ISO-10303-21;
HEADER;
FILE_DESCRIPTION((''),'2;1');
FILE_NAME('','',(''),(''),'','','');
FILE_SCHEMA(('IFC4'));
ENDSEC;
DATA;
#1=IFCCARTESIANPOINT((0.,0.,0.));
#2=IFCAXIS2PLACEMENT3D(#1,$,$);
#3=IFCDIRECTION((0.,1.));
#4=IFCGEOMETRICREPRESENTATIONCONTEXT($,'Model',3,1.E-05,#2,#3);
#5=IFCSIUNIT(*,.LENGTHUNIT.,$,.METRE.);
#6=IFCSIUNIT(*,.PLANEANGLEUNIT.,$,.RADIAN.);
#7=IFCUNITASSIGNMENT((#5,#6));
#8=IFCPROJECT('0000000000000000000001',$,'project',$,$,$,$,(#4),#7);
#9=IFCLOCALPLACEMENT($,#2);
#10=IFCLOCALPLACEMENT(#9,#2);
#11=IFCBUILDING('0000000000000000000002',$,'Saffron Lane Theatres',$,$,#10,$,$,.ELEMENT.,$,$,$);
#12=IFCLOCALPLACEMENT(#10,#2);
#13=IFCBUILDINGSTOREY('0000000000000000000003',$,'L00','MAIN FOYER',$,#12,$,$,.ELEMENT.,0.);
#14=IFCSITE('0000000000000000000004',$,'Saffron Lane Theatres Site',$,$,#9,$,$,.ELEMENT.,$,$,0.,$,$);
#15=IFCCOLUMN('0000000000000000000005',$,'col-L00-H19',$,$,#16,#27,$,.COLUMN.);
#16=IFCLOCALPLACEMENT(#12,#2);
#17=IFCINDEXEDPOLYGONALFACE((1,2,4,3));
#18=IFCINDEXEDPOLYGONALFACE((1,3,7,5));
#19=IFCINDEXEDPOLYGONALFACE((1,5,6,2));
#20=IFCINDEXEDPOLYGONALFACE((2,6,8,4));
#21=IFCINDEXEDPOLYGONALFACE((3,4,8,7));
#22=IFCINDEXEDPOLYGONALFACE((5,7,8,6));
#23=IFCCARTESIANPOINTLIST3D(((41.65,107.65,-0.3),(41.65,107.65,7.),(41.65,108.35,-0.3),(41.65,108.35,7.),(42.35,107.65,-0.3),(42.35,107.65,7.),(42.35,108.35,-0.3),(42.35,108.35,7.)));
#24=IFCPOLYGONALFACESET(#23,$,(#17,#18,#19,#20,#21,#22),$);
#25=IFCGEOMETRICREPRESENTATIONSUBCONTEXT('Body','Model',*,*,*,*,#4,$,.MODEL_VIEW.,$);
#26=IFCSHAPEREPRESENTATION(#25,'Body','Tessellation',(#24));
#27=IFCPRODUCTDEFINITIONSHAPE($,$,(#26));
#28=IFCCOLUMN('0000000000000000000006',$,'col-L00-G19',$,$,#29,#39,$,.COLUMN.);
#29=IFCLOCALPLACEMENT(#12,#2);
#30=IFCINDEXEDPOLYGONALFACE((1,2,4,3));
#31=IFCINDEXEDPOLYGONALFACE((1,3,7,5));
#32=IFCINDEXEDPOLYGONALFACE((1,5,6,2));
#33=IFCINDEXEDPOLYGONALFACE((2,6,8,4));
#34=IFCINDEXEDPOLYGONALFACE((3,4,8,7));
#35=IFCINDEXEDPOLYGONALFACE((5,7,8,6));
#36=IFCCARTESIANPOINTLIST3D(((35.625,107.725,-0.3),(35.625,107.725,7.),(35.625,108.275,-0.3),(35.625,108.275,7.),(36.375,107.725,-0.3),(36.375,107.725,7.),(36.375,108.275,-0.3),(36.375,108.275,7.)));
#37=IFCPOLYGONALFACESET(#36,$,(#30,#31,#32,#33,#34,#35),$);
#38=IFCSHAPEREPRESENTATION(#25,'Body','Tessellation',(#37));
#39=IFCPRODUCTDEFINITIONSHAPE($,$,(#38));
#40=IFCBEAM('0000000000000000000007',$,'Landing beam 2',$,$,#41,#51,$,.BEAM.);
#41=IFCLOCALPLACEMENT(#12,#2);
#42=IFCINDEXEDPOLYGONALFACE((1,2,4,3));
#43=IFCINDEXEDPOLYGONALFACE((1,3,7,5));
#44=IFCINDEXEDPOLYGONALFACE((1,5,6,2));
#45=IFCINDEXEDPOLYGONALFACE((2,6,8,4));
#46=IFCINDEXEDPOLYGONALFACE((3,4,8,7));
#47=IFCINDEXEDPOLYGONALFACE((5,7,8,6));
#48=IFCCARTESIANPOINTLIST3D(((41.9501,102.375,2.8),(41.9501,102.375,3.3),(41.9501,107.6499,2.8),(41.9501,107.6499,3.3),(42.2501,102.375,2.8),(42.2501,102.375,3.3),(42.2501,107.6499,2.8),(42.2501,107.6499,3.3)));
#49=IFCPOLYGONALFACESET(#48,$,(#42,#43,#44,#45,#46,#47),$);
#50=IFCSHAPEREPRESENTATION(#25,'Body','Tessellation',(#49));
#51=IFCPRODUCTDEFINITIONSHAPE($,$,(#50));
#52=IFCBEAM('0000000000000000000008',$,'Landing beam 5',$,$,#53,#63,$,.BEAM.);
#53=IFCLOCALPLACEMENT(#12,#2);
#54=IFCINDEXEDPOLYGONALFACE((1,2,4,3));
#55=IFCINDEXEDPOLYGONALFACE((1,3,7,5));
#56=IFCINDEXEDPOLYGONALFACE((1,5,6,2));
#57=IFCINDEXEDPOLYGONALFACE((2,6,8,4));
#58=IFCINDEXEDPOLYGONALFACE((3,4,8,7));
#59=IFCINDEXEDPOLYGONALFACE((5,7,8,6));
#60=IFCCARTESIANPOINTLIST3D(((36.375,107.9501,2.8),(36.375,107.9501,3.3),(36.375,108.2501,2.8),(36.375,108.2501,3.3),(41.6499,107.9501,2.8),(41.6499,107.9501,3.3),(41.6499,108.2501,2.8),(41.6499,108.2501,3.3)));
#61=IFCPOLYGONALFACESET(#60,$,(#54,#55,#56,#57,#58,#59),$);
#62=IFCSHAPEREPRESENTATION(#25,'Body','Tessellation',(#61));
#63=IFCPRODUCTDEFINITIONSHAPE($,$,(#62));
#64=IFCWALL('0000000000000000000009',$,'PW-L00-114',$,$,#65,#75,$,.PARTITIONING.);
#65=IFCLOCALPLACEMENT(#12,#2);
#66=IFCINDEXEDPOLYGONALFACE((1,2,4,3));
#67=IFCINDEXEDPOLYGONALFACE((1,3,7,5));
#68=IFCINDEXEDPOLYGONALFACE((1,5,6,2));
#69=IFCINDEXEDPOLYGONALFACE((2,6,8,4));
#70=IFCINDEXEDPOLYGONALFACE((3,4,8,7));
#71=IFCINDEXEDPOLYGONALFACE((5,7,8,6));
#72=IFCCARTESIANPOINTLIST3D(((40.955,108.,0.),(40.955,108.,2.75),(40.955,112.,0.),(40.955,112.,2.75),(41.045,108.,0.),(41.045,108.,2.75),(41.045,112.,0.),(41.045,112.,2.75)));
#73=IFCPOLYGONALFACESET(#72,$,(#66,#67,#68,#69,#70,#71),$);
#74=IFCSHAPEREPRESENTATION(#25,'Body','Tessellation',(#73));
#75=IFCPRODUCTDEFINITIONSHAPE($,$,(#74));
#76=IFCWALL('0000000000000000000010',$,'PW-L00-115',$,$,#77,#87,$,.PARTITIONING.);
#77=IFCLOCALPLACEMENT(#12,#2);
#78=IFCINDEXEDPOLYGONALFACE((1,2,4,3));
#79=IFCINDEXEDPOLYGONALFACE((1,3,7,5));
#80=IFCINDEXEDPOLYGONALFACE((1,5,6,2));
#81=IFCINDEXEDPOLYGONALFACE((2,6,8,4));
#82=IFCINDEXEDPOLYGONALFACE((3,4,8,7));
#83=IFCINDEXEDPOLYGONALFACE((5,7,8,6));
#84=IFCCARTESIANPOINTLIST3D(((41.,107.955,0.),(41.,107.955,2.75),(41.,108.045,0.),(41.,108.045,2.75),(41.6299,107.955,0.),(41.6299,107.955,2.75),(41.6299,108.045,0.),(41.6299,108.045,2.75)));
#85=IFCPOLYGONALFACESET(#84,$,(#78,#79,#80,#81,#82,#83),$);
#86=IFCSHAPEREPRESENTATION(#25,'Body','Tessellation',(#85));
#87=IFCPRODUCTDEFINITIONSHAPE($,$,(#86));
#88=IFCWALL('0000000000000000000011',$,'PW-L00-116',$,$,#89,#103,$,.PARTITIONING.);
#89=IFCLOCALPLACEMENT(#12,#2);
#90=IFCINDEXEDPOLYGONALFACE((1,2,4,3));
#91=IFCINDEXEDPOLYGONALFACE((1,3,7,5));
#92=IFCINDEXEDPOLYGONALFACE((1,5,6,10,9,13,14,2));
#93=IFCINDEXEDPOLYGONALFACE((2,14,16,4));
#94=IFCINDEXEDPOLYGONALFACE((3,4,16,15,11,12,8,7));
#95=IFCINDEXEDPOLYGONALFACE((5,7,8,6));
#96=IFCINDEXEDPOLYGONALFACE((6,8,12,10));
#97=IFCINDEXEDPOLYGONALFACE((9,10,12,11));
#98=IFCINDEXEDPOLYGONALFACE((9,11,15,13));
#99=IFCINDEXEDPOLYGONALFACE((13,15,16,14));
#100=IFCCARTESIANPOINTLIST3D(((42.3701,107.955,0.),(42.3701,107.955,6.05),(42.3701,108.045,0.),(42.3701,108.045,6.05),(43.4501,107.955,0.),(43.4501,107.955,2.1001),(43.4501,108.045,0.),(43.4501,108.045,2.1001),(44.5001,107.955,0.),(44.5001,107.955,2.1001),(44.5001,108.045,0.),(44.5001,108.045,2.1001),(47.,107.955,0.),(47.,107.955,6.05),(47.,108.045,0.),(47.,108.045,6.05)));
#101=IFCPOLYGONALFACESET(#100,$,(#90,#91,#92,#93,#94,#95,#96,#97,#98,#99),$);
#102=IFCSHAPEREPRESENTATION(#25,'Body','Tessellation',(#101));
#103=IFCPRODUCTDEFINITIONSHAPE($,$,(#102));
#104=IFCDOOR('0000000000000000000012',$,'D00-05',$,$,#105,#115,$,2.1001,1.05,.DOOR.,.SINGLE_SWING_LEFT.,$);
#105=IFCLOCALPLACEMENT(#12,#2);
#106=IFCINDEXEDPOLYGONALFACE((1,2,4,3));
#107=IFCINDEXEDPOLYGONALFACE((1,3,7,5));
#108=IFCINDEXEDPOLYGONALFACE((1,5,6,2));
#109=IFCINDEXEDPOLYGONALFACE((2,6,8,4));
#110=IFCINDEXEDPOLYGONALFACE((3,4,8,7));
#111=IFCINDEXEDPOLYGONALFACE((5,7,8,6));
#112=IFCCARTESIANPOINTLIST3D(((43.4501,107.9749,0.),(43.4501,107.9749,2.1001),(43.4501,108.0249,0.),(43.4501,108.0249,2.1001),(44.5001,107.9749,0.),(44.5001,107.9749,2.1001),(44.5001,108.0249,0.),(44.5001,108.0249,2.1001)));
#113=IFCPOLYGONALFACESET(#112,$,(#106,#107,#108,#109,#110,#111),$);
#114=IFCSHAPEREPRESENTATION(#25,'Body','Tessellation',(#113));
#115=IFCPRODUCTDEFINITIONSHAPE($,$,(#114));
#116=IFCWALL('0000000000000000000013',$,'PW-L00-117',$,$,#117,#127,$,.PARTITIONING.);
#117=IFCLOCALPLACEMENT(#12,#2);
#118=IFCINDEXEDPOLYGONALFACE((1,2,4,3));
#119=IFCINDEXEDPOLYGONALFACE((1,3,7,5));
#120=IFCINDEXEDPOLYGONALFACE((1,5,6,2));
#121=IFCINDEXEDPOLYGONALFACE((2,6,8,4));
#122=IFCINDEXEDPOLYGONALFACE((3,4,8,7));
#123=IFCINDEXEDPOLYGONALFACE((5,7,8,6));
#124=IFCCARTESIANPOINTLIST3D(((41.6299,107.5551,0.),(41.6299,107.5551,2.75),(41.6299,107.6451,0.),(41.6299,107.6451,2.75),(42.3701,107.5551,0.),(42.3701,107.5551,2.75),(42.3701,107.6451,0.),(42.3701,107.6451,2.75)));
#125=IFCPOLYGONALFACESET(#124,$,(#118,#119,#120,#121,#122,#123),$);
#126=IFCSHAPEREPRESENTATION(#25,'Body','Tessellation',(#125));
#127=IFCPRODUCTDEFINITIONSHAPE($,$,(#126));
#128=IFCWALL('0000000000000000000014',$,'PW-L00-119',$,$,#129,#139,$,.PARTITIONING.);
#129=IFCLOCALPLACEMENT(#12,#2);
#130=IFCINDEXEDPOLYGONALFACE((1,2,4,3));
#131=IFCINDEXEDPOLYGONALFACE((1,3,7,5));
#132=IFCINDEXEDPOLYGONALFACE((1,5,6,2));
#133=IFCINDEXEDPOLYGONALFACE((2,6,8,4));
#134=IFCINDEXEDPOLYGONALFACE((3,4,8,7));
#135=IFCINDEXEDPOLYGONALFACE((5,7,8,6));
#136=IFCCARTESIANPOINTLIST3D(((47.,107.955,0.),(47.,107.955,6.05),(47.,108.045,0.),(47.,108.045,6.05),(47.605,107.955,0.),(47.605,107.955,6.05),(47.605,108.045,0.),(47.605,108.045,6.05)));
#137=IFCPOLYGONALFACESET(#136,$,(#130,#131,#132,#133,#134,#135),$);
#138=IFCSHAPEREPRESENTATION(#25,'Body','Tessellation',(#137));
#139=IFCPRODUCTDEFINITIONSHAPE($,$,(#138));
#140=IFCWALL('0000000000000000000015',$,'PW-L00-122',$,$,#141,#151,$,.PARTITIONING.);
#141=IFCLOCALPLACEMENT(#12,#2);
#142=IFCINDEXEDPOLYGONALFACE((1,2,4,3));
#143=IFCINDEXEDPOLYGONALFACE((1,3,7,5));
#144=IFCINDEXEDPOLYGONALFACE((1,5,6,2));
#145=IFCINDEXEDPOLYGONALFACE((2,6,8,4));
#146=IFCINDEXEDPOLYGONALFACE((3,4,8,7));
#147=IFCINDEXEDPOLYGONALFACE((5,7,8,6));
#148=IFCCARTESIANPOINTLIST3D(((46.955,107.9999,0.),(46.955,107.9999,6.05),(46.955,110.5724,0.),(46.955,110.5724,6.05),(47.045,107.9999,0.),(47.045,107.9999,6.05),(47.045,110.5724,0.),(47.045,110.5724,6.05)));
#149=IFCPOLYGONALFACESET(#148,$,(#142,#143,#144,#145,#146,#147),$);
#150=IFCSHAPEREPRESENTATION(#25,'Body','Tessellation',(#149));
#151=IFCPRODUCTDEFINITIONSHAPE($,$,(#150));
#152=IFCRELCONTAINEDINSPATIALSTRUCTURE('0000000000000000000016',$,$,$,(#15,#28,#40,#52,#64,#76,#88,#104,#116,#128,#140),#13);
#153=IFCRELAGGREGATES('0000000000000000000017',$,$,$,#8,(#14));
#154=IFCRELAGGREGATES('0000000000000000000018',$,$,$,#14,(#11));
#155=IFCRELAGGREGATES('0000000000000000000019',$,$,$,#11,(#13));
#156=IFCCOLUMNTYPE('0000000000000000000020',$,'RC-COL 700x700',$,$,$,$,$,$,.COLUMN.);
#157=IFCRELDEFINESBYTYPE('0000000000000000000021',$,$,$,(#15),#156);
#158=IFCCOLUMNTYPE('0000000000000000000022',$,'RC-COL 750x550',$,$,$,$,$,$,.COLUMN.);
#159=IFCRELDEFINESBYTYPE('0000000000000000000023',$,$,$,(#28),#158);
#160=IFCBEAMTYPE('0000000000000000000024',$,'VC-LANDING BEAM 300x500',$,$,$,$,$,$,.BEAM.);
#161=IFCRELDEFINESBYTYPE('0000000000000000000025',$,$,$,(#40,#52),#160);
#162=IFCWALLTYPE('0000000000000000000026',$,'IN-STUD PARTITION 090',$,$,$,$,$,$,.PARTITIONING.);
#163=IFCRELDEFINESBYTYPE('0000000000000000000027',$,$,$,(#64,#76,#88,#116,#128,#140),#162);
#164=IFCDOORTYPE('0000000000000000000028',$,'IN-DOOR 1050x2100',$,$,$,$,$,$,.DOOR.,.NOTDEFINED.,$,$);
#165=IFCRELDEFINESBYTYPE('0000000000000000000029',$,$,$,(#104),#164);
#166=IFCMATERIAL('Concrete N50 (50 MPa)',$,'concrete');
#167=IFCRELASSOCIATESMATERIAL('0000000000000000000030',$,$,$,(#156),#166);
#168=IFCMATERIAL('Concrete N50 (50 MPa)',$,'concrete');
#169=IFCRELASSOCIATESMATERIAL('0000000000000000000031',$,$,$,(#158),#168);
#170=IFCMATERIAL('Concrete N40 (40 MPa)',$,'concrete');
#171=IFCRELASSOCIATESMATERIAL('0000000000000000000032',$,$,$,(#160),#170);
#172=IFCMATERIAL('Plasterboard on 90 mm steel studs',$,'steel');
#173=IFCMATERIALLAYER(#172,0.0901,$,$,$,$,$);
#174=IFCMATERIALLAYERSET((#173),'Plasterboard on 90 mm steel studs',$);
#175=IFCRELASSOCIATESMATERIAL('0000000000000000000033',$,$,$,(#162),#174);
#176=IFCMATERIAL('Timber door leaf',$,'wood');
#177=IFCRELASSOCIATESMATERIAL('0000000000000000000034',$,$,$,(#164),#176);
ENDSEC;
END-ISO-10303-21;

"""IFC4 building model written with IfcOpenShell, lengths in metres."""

from ifc_helpers import new_model, si_unit, direction, frame, frame_2d, origin, origin_2d, place, context, subcontext, project, spatial, rectangle, extrude, material, layer, layer_set, material_profile, profile_set, type_object, element, fill, save


model = new_model("IFC4")

# Units and contexts
model_context = context("Model", 3, precision=1e-05, world=origin(), true_north=direction((0.0, 1.0)))
body_context = subcontext(model_context, "Body", "Model", "MODEL_VIEW")
ifc_project = project(units=[si_unit("LENGTHUNIT", "METRE"), si_unit("PLANEANGLEUNIT", "RADIAN")], contexts=[model_context])

# Site, building, storey
site_placement = place(None, origin())
site = spatial("IfcSite", under=ifc_project, at=site_placement, Name="Saffron Lane Theatres Site", CompositionType="ELEMENT", RefElevation=0.0)
building_placement = place(site_placement, origin())
building = spatial("IfcBuilding", under=site, at=building_placement, Name="Saffron Lane Theatres", CompositionType="ELEMENT")
storey_placement = place(building_placement, origin())
storey = spatial("IfcBuildingStorey", under=building, at=storey_placement, Name="L00", Description="MAIN FOYER", CompositionType="ELEMENT", Elevation=0.0)

# Columns
ifc_material_1 = material(Name="Concrete N50 (50 MPa)", Category="concrete")
ifc_material_profile_1 = material_profile(ifc_material_1, rectangle(XDim=0.7, YDim=0.7, at=origin_2d()))
ifc_profile_set_1 = profile_set([ifc_material_profile_1], Name="Concrete N50 (50 MPa)")
column_type_1 = type_object("IfcColumnType", Name="RC-COL 700x700", PredefinedType="COLUMN", material=ifc_profile_set_1)
column_1_placement = place(storey_placement, frame((42.0, 108.0, -0.3), z_axis=(0.0, 0.0, 1.0), x_axis=(1.0, 0.0, 0.0)))
element("IfcColumn", 1, at=column_1_placement, inside=storey, type_object=column_type_1, Name="col-L00-H19", PredefinedType="COLUMN", context=body_context, shape_type="SweptSolid", body=[
    extrude(rectangle(XDim=0.7, YDim=0.7, at=origin_2d()), origin(), (0.0, 0.0, 1.0), 7.3),
])
ifc_material_2 = material(Name="Concrete N50 (50 MPa)", Category="concrete")
ifc_material_profile_2 = material_profile(ifc_material_2, rectangle(XDim=0.75, YDim=0.55, at=origin_2d()))
ifc_profile_set_2 = profile_set([ifc_material_profile_2], Name="Concrete N50 (50 MPa)")
column_type_2 = type_object("IfcColumnType", Name="RC-COL 750x550", PredefinedType="COLUMN", material=ifc_profile_set_2)
column_2_placement = place(storey_placement, frame((36.0, 108.0, -0.3), z_axis=(0.0, 0.0, 1.0), x_axis=(1.0, 0.0, 0.0)))
element("IfcColumn", 2, at=column_2_placement, inside=storey, type_object=column_type_2, Name="col-L00-G19", PredefinedType="COLUMN", context=body_context, shape_type="SweptSolid", body=[
    extrude(rectangle(XDim=0.75, YDim=0.55, at=origin_2d()), origin(), (0.0, 0.0, 1.0), 7.3),
])

# Beams
ifc_material_3 = material(Name="Concrete N40 (40 MPa)", Category="concrete")
ifc_material_profile_3 = material_profile(ifc_material_3, rectangle(XDim=0.3, YDim=0.5, at=origin_2d()))
ifc_profile_set_3 = profile_set([ifc_material_profile_3], Name="Concrete N40 (40 MPa)")
beam_type = type_object("IfcBeamType", Name="VC-LANDING BEAM 300x500", PredefinedType="BEAM", material=ifc_profile_set_3)
for number, where, z_axis, x_axis, name in (
    (3, (42.1001, 102.375, 3.05), (0.0, 1.0, 0.0), (-1.0, 0.0, 0.0), "Landing beam 2"),
    (4, (36.375, 108.1001, 3.05), (1.0, 0.0, 0.0), (0.0, 1.0, 0.0), "Landing beam 5"),
):
    element("IfcBeam", number, at=place(storey_placement, frame(where, z_axis=z_axis, x_axis=x_axis)), inside=storey, type_object=beam_type, Name=name, PredefinedType="BEAM", context=body_context, shape_type="SweptSolid", body=[
        extrude(rectangle(XDim=0.3, YDim=0.5, at=origin_2d()), origin(), (0.0, 0.0, 1.0), 5.2749),
    ])

# Walls
ifc_material_4 = material(Name="Plasterboard on 90 mm steel studs", Category="steel")
ifc_layer = layer(ifc_material_4, 0.0901)
ifc_layer_set = layer_set([ifc_layer], Name="Plasterboard on 90 mm steel studs")
wall_type = type_object("IfcWallType", Name="IN-STUD PARTITION 090", PredefinedType="PARTITIONING", material=ifc_layer_set)
wall_1_placement = place(storey_placement, frame((41.0, 108.0, 0.0), z_axis=(0.0, 0.0, 1.0), x_axis=(0.0, 1.0, 0.0)))
element("IfcWall", 5, at=wall_1_placement, inside=storey, type_object=wall_type, Name="PW-L00-114", PredefinedType="PARTITIONING", context=body_context, shape_type="SweptSolid", body=[
    extrude(rectangle(XDim=4.0, YDim=0.0901, at=frame_2d((2.0, 0.0))), origin(), (0.0, 0.0, 1.0), 2.75),
])
wall_2_placement = place(storey_placement, frame((41.0, 108.0, 0.0), z_axis=(0.0, 0.0, 1.0), x_axis=(1.0, 0.0, 0.0)))
element("IfcWall", 6, at=wall_2_placement, inside=storey, type_object=wall_type, Name="PW-L00-115", PredefinedType="PARTITIONING", context=body_context, shape_type="SweptSolid", body=[
    extrude(rectangle(XDim=0.6299, YDim=0.0901, at=frame_2d((0.3149, 0.0))), origin(), (0.0, 0.0, 1.0), 2.75),
])

# Wall, opening, door
wall_3_placement = place(storey_placement, frame((42.3701, 108.0, 0.0), z_axis=(0.0, 0.0, 1.0), x_axis=(1.0, 0.0, 0.0)))
wall_3 = element("IfcWall", 7, at=wall_3_placement, inside=storey, type_object=wall_type, Name="PW-L00-116", PredefinedType="PARTITIONING", context=body_context, shape_type="SweptSolid", body=[
    extrude(rectangle(XDim=4.6299, YDim=0.0901, at=frame_2d((2.3149, 0.0))), origin(), (0.0, 0.0, 1.0), 6.05),
])
opening_placement = place(wall_3_placement, frame((1.0801, 0.0, 0.0)))
opening = element("IfcOpeningElement", 8, at=opening_placement, cuts=wall_3, PredefinedType="OPENING", context=body_context, shape_type="SweptSolid", body=[
    extrude(rectangle(XDim=1.05, YDim=2.1001, at=frame_2d((0.5249, 1.05))), frame((0.0, 0.0552, 0.0), z_axis=(0.0, -1.0, 0.0), x_axis=(1.0, 0.0, 0.0)), (0.0, 0.0, 1.0), 0.1101),
])
ifc_material_5 = material(Name="Timber door leaf", Category="wood")
door_type = type_object("IfcDoorType", Name="IN-DOOR 1050x2100", OperationType="NOTDEFINED", PredefinedType="DOOR", material=ifc_material_5)
door_placement = place(opening_placement, origin())
door = element("IfcDoor", 9, at=door_placement, inside=storey, type_object=door_type, Name="D00-05", OperationType="SINGLE_SWING_LEFT", OverallHeight=2.1001, OverallWidth=1.05, PredefinedType="DOOR", context=body_context, shape_type="SweptSolid", body=[
    extrude(rectangle(XDim=1.05, YDim=2.1001, at=frame_2d((0.5249, 1.05))), frame((0.0, 0.0249, 0.0), z_axis=(0.0, -1.0, 0.0), x_axis=(1.0, 0.0, 0.0)), (0.0, 0.0, 1.0), 0.05),
])
fill(opening, door)

# Walls
wall_4_placement = place(storey_placement, frame((41.6299, 107.6001, 0.0), z_axis=(0.0, 0.0, 1.0), x_axis=(1.0, 0.0, 0.0)))
element("IfcWall", 10, at=wall_4_placement, inside=storey, type_object=wall_type, Name="PW-L00-117", PredefinedType="PARTITIONING", context=body_context, shape_type="SweptSolid", body=[
    extrude(rectangle(XDim=0.7402, YDim=0.0901, at=frame_2d((0.3701, 0.0))), origin(), (0.0, 0.0, 1.0), 2.75),
])
wall_5_placement = place(storey_placement, frame((47.0, 108.0, 0.0), z_axis=(0.0, 0.0, 1.0), x_axis=(1.0, 0.0, 0.0)))
element("IfcWall", 11, at=wall_5_placement, inside=storey, type_object=wall_type, Name="PW-L00-119", PredefinedType="PARTITIONING", context=body_context, shape_type="SweptSolid", body=[
    extrude(rectangle(XDim=0.605, YDim=0.0901, at=frame_2d((0.3025, 0.0))), origin(), (0.0, 0.0, 1.0), 6.05),
])
wall_6_placement = place(storey_placement, frame((47.0, 108.0, 0.0), z_axis=(0.0, 0.0, 1.0), x_axis=(0.0, 1.0, 0.0)))
element("IfcWall", 12, at=wall_6_placement, inside=storey, type_object=wall_type, Name="PW-L00-122", PredefinedType="PARTITIONING", context=body_context, shape_type="SweptSolid", body=[
    extrude(rectangle(XDim=2.5725, YDim=0.0901, at=frame_2d((1.2861, 0.0))), origin(), (0.0, 0.0, 1.0), 6.05),
])

save(model, "model.ifc")
